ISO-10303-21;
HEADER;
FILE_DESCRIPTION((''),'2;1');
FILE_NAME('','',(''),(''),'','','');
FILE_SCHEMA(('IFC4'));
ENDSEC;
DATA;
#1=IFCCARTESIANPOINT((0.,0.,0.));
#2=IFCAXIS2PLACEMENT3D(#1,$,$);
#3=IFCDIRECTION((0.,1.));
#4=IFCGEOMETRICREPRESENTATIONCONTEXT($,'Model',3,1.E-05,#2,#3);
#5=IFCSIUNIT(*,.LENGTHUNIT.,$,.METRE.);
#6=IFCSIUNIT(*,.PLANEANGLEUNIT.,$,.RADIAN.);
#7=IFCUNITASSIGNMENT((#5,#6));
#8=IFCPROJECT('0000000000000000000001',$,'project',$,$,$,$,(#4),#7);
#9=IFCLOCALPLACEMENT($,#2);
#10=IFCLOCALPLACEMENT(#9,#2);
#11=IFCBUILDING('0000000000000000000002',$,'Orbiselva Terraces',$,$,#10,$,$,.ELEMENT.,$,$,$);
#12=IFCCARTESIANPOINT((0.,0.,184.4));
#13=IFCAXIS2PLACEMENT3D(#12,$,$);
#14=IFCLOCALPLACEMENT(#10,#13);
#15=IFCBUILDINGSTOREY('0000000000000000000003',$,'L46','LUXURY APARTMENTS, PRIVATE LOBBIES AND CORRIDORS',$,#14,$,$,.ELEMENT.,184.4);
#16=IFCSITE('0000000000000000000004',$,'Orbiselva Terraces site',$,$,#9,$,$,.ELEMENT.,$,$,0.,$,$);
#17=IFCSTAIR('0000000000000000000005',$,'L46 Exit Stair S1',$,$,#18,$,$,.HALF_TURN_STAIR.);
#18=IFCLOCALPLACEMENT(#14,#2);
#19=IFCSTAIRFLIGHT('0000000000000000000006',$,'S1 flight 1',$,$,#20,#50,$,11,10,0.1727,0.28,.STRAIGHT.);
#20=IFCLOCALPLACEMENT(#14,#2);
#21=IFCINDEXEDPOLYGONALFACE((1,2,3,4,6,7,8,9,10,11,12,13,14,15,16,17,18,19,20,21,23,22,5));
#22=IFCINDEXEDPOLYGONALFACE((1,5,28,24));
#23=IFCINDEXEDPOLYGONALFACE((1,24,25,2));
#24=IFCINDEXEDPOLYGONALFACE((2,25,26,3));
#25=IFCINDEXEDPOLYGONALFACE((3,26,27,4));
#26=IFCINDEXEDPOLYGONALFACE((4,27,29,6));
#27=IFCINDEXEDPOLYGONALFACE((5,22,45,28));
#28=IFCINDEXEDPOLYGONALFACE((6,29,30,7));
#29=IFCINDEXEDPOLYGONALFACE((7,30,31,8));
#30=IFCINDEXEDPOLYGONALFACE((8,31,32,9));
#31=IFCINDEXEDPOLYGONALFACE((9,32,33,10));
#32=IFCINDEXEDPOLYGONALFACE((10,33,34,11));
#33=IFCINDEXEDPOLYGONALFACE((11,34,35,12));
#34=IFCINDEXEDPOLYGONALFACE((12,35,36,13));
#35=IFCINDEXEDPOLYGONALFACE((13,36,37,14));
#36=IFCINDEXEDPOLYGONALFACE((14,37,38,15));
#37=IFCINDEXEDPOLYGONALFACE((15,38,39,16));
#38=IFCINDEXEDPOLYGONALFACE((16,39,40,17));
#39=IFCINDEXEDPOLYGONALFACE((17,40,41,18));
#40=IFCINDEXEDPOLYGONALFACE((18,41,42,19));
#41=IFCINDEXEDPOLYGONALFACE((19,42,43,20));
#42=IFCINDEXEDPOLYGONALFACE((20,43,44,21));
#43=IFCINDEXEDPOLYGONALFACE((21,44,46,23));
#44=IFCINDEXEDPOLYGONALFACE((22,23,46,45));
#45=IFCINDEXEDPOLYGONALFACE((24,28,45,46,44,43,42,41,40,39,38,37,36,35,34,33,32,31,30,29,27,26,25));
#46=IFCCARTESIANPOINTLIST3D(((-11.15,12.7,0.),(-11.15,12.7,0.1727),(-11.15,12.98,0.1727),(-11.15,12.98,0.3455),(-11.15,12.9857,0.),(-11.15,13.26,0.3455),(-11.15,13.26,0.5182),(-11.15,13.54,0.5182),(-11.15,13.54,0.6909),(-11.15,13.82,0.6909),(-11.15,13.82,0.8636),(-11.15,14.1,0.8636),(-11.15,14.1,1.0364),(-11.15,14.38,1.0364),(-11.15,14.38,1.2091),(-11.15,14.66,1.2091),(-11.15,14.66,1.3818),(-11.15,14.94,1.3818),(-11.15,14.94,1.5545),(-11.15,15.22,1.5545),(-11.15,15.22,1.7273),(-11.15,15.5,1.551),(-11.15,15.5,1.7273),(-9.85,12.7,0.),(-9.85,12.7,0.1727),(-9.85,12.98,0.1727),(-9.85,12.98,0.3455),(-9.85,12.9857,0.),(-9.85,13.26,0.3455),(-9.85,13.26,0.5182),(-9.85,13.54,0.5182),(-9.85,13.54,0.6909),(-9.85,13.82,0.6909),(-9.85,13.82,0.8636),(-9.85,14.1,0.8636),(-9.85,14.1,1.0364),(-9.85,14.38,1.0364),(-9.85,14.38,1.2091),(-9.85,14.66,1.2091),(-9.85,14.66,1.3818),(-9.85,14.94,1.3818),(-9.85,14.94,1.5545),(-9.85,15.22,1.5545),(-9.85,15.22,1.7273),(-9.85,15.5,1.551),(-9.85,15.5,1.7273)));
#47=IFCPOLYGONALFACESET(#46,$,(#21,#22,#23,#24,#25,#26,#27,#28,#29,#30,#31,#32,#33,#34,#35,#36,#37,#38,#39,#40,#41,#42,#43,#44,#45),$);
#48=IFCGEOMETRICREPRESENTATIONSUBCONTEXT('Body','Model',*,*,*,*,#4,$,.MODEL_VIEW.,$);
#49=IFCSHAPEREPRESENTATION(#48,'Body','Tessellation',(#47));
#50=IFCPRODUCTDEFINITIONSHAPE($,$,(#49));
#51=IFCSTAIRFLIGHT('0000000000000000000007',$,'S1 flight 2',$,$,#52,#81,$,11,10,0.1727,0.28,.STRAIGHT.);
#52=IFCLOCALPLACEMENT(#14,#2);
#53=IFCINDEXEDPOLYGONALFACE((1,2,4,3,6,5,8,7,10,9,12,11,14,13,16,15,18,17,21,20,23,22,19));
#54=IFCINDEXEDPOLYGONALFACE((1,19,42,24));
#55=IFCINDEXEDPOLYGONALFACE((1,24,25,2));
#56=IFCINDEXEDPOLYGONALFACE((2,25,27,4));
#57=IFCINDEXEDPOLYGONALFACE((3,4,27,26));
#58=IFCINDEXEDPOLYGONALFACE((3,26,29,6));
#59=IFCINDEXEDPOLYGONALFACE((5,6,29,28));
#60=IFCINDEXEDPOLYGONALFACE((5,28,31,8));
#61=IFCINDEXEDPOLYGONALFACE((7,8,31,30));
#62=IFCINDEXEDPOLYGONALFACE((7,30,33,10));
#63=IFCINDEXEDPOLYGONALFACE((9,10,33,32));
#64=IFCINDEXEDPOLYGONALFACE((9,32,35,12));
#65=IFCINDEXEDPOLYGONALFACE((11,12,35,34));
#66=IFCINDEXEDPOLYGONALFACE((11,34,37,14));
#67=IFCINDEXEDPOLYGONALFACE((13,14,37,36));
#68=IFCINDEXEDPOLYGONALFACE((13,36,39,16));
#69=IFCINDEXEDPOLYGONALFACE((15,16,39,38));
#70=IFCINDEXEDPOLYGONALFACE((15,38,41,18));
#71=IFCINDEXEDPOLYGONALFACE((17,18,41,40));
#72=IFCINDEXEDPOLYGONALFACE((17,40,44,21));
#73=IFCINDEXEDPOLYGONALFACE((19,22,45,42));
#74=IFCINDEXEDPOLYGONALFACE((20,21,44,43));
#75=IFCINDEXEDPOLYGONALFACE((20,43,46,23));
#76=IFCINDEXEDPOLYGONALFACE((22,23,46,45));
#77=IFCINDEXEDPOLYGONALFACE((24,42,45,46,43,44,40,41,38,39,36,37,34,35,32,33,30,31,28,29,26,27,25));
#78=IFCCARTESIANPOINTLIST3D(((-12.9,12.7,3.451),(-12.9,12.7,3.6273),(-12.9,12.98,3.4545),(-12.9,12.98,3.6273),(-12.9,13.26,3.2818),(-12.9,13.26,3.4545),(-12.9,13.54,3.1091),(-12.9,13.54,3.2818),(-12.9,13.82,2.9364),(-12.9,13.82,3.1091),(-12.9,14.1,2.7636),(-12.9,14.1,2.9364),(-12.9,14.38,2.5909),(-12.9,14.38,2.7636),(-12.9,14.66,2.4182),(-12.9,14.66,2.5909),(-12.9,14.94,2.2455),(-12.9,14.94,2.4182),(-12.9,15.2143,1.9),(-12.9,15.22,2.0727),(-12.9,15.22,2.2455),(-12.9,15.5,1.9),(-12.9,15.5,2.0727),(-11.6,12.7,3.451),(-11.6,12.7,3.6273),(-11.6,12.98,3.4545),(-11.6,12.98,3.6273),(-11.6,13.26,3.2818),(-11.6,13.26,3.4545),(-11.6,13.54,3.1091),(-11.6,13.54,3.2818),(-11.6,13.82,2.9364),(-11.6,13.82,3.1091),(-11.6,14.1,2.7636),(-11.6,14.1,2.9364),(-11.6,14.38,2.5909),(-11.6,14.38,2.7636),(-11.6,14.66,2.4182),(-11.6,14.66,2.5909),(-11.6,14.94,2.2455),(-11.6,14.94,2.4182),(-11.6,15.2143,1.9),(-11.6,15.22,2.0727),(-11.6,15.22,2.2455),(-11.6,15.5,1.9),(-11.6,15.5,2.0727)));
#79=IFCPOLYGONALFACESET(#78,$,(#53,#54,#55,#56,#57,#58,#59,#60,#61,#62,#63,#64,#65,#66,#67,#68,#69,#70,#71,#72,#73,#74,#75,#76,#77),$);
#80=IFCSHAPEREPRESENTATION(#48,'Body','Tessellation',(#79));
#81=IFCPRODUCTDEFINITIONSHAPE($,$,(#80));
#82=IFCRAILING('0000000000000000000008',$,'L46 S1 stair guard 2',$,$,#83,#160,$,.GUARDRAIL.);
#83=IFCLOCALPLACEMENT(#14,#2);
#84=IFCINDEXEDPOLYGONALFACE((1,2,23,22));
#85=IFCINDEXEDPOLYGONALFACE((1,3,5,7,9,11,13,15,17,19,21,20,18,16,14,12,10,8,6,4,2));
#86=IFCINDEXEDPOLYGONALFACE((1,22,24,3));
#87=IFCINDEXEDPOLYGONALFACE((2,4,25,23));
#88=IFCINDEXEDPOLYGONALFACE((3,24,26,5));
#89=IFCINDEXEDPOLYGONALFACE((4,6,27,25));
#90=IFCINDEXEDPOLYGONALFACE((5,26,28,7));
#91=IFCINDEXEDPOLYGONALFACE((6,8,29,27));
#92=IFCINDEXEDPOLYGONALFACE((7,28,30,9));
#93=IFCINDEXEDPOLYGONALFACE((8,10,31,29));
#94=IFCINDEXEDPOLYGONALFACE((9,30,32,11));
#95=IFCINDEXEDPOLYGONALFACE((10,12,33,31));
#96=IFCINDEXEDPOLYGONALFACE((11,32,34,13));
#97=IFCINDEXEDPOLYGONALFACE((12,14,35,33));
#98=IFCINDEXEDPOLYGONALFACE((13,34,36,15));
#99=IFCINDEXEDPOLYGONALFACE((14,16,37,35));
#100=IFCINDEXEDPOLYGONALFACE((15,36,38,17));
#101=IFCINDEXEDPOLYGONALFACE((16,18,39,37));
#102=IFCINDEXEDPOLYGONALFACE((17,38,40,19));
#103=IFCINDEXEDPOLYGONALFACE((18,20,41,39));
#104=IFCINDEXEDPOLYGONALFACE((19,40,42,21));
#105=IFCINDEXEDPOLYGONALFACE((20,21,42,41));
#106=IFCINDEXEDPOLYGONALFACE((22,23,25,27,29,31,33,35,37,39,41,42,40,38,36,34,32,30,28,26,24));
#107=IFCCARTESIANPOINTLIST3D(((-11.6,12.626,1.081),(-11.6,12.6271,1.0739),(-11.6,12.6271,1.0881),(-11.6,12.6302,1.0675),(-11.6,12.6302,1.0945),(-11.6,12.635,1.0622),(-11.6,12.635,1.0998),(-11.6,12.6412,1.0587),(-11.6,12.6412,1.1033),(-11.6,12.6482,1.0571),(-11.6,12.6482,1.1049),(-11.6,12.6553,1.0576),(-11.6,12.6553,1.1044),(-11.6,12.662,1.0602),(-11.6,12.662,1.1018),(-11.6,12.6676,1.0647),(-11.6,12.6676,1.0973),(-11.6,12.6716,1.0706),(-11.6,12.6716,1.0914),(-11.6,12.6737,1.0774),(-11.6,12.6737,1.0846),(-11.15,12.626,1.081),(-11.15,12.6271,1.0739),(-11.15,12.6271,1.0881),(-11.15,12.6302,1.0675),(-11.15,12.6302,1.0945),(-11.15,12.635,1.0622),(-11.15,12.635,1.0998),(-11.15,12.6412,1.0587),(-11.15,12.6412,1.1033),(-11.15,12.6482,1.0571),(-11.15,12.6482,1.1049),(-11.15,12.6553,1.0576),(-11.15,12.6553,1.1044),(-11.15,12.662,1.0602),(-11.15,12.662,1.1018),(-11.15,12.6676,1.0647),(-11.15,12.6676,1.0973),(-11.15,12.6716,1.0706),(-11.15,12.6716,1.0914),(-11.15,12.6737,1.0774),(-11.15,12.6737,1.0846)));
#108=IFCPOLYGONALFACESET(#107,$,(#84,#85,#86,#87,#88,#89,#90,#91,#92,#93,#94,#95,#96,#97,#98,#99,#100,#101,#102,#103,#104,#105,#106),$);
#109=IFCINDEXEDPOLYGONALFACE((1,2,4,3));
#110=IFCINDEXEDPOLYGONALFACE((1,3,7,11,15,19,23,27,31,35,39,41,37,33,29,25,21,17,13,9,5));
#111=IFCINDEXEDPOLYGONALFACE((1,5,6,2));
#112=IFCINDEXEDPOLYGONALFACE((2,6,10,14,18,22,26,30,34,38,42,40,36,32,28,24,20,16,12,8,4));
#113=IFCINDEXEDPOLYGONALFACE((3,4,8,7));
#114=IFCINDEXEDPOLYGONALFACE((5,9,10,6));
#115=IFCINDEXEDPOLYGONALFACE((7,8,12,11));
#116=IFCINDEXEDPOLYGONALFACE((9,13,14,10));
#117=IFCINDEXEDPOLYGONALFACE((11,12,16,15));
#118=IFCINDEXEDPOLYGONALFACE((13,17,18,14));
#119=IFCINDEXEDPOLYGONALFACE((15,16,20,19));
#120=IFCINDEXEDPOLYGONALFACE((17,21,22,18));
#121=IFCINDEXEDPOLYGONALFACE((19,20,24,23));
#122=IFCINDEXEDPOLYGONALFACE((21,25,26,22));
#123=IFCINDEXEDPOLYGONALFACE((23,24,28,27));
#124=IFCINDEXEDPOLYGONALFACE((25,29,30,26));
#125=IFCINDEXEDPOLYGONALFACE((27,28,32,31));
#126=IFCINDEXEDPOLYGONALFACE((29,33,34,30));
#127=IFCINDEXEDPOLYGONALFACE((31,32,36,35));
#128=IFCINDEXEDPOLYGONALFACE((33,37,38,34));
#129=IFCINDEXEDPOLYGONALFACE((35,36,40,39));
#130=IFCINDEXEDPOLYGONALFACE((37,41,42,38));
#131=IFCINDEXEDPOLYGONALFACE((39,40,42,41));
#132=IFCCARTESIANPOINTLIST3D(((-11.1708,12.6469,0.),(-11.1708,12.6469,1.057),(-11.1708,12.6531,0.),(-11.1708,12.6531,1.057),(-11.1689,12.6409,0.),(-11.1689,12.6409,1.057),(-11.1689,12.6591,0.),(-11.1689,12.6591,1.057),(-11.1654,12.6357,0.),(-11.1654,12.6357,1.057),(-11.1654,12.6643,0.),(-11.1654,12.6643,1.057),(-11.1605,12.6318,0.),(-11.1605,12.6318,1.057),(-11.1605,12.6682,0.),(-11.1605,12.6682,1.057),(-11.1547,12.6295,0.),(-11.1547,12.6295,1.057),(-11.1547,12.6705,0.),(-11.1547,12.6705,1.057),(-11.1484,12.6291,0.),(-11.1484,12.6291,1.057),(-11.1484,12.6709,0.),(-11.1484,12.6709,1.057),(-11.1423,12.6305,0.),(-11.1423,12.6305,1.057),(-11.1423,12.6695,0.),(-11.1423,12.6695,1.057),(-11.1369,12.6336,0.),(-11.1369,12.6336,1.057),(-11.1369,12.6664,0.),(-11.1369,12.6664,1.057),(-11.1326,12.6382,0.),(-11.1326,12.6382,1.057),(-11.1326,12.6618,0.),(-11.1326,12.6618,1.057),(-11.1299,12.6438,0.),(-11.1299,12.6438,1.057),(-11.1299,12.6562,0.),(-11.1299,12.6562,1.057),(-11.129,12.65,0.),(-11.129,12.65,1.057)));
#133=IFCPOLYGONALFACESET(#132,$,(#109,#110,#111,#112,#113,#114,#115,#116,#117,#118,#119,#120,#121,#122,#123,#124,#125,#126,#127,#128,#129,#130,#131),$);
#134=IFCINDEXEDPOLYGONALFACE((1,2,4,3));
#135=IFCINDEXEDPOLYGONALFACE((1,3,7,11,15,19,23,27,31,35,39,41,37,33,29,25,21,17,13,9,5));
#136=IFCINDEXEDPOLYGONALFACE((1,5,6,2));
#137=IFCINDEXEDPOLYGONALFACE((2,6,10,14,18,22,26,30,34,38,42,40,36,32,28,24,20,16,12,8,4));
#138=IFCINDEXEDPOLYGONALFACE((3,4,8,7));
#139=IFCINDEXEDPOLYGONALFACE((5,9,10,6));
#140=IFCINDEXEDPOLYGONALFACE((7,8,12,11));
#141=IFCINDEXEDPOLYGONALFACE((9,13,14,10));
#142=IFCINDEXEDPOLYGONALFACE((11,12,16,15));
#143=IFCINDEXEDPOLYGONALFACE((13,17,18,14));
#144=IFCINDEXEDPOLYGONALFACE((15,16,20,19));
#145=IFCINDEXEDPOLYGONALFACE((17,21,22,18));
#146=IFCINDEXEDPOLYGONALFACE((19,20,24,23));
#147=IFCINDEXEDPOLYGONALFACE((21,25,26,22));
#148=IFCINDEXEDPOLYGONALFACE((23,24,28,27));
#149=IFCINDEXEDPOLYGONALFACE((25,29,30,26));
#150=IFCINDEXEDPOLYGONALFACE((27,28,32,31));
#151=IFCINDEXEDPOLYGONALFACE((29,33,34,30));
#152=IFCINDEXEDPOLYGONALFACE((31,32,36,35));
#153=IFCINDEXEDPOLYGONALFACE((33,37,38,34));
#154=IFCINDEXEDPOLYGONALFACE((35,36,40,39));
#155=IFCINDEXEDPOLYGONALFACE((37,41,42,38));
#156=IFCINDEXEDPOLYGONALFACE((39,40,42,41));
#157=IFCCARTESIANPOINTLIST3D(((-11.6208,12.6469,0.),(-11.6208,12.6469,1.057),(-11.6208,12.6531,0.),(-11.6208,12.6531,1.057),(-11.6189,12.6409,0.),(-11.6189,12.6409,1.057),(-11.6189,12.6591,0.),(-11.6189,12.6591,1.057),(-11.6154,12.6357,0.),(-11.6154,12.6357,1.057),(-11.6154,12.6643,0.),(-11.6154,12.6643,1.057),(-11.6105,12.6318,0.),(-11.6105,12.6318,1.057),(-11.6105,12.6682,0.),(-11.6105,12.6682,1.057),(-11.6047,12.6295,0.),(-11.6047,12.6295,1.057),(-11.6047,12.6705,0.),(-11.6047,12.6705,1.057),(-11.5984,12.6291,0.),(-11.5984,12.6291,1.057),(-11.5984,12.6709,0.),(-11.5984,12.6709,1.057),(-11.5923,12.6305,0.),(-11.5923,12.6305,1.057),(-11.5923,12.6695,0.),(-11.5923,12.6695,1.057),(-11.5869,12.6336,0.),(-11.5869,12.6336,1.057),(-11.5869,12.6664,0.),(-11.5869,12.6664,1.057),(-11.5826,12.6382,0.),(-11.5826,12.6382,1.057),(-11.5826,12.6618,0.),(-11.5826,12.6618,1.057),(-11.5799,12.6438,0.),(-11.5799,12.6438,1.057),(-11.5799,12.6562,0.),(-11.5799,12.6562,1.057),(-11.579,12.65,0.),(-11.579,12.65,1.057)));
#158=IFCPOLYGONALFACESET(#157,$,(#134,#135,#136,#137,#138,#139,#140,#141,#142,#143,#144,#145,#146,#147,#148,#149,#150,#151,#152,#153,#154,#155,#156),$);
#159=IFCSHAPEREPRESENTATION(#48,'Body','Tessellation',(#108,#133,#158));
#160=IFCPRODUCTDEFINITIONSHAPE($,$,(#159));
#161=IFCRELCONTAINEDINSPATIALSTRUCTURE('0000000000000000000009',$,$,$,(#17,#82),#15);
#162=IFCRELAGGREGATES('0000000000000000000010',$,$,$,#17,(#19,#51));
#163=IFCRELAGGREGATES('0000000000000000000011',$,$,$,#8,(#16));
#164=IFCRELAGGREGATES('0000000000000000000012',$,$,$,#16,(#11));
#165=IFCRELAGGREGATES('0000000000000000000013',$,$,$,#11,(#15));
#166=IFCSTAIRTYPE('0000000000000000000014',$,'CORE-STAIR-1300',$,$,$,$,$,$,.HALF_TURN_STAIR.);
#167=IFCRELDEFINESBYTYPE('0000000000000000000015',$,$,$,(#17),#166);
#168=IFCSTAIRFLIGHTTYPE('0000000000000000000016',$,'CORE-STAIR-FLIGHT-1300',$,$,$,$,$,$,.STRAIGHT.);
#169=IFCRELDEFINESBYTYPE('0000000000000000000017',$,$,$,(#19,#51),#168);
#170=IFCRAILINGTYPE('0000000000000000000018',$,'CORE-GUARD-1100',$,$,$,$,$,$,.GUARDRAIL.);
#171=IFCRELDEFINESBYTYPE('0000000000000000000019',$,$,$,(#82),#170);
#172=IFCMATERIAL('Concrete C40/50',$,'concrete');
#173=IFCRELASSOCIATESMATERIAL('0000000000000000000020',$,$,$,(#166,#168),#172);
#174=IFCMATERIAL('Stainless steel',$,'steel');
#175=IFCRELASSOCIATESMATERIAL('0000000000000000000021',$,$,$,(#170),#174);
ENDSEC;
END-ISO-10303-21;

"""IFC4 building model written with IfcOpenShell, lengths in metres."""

from ifc_helpers import new_model, si_unit, direction, frame, origin, origin_2d, place, context, subcontext, project, spatial, polyline, circle, outline, extrude, material, type_object, element, aggregate, save


model = new_model("IFC4")

# Units and contexts
model_context = context("Model", 3, precision=1e-05, world=origin(), true_north=direction((0.0, 1.0)))
body_context = subcontext(model_context, "Body", "Model", "MODEL_VIEW")
ifc_project = project(units=[si_unit("LENGTHUNIT", "METRE"), si_unit("PLANEANGLEUNIT", "RADIAN")], contexts=[model_context])

# Site, building, storey
site_placement = place(None, origin())
site = spatial("IfcSite", under=ifc_project, at=site_placement, Name="Orbiselva Terraces site", CompositionType="ELEMENT", RefElevation=0.0)
building_placement = place(site_placement, origin())
building = spatial("IfcBuilding", under=site, at=building_placement, Name="Orbiselva Terraces", CompositionType="ELEMENT")
storey_placement = place(building_placement, frame((0.0, 0.0, 184.4)))
storey = spatial("IfcBuildingStorey", under=building, at=storey_placement, Name="L46", Description="LUXURY APARTMENTS, PRIVATE LOBBIES AND CORRIDORS", CompositionType="ELEMENT", Elevation=184.4)

# Shared definitions
ifc_material_1 = material(Name="Concrete C40/50", Category="concrete")

# Stair, stair flights
stair_type = type_object("IfcStairType", Name="CORE-STAIR-1300", PredefinedType="HALF_TURN_STAIR", material=ifc_material_1)
stair_placement = place(storey_placement, origin())
stair = element("IfcStair", 1, at=stair_placement, inside=storey, type_object=stair_type, Name="L46 Exit Stair S1", PredefinedType="HALF_TURN_STAIR")
stair_flight_type = type_object("IfcStairFlightType", Name="CORE-STAIR-FLIGHT-1300", PredefinedType="STRAIGHT", material=ifc_material_1)
stair_flight_1_placement = place(storey_placement, frame((-10.5, 12.7, 0.0), z_axis=(0.0, 0.0, 1.0), x_axis=(0.0, 1.0, 0.0)))
stair_flight_1 = element("IfcStairFlight", 2, at=stair_flight_1_placement, type_object=stair_flight_type, Name="S1 flight 1", NumberOfRisers=11, NumberOfTreads=10, PredefinedType="STRAIGHT", RiserHeight=0.1727, TreadLength=0.28, context=body_context, shape_type="SweptSolid", body=[
    extrude(outline(polyline([(0.0, 0.0), (0.0, 0.1727), (0.28, 0.1727), (0.28, 0.3455), (0.56, 0.3455), (0.56, 0.5182), (0.84, 0.5182), (0.84, 0.6909), (1.12, 0.6909), (1.12, 0.8636), (1.4, 0.8636), (1.4, 1.0364), (1.68, 1.0364), (1.68, 1.2091), (1.96, 1.2091), (1.96, 1.3818), (2.24, 1.3818), (2.24, 1.5545), (2.52, 1.5545), (2.52, 1.7273), (2.8, 1.7273), (2.8, 1.9), (2.8, 1.551), (0.2857, 0.0), (0.0, 0.0)])), frame((0.0, 0.65, 0.0), z_axis=(0.0, -1.0, 0.0), x_axis=(1.0, 0.0, 0.0)), (0.0, 0.0, 1.0), 1.3),
])
stair_flight_2_placement = place(storey_placement, frame((-12.25, 15.5, 1.9), z_axis=(0.0, 0.0, 1.0), x_axis=(0.0, -1.0, 0.0)))
stair_flight_2 = element("IfcStairFlight", 3, at=stair_flight_2_placement, type_object=stair_flight_type, Name="S1 flight 2", NumberOfRisers=11, NumberOfTreads=10, PredefinedType="STRAIGHT", RiserHeight=0.1727, TreadLength=0.28, context=body_context, shape_type="SweptSolid", body=[
    extrude(outline(polyline([(0.0, 0.0), (0.0, 0.1727), (0.28, 0.1727), (0.28, 0.3455), (0.56, 0.3455), (0.56, 0.5182), (0.84, 0.5182), (0.84, 0.6909), (1.12, 0.6909), (1.12, 0.8636), (1.4, 0.8636), (1.4, 1.0364), (1.68, 1.0364), (1.68, 1.2091), (1.96, 1.2091), (1.96, 1.3818), (2.24, 1.3818), (2.24, 1.5545), (2.52, 1.5545), (2.52, 1.7273), (2.8, 1.7273), (2.8, 1.9), (2.8, 1.551), (0.2857, 0.0), (0.0, 0.0)])), frame((0.0, 0.65, 0.0), z_axis=(0.0, -1.0, 0.0), x_axis=(1.0, 0.0, 0.0)), (0.0, 0.0, 1.0), 1.3),
])
aggregate(stair, [stair_flight_1, stair_flight_2])

# Railing
ifc_material_2 = material(Name="Stainless steel", Category="steel")
railing_type_1 = type_object("IfcRailingType", Name="CORE-GUARD-1100", PredefinedType="GUARDRAIL", material=ifc_material_2)
railing_1_placement = place(storey_placement, frame((-11.15, 12.65, 0.0)))
element("IfcRailing", 4, at=railing_1_placement, inside=storey, type_object=railing_type_1, Name="L46 S1 stair guard 2", PredefinedType="GUARDRAIL", context=body_context, shape_type="SweptSolid", body=[
    extrude(circle(Radius=0.024, at=origin_2d()), frame((0.0, 0.0, 1.081), z_axis=(-1.0, 0.0, 0.0), x_axis=(0.0, -1.0, 0.0)), (0.0, 0.0, 1.0), 0.45),
    extrude(circle(Radius=0.021, at=origin_2d()), origin(), (0.0, 0.0, 1.0), 1.057),
    extrude(circle(Radius=0.021, at=origin_2d()), frame((-0.45, 0.0, 0.0)), (0.0, 0.0, 1.0), 1.057),
])

save(model, "model.ifc")
